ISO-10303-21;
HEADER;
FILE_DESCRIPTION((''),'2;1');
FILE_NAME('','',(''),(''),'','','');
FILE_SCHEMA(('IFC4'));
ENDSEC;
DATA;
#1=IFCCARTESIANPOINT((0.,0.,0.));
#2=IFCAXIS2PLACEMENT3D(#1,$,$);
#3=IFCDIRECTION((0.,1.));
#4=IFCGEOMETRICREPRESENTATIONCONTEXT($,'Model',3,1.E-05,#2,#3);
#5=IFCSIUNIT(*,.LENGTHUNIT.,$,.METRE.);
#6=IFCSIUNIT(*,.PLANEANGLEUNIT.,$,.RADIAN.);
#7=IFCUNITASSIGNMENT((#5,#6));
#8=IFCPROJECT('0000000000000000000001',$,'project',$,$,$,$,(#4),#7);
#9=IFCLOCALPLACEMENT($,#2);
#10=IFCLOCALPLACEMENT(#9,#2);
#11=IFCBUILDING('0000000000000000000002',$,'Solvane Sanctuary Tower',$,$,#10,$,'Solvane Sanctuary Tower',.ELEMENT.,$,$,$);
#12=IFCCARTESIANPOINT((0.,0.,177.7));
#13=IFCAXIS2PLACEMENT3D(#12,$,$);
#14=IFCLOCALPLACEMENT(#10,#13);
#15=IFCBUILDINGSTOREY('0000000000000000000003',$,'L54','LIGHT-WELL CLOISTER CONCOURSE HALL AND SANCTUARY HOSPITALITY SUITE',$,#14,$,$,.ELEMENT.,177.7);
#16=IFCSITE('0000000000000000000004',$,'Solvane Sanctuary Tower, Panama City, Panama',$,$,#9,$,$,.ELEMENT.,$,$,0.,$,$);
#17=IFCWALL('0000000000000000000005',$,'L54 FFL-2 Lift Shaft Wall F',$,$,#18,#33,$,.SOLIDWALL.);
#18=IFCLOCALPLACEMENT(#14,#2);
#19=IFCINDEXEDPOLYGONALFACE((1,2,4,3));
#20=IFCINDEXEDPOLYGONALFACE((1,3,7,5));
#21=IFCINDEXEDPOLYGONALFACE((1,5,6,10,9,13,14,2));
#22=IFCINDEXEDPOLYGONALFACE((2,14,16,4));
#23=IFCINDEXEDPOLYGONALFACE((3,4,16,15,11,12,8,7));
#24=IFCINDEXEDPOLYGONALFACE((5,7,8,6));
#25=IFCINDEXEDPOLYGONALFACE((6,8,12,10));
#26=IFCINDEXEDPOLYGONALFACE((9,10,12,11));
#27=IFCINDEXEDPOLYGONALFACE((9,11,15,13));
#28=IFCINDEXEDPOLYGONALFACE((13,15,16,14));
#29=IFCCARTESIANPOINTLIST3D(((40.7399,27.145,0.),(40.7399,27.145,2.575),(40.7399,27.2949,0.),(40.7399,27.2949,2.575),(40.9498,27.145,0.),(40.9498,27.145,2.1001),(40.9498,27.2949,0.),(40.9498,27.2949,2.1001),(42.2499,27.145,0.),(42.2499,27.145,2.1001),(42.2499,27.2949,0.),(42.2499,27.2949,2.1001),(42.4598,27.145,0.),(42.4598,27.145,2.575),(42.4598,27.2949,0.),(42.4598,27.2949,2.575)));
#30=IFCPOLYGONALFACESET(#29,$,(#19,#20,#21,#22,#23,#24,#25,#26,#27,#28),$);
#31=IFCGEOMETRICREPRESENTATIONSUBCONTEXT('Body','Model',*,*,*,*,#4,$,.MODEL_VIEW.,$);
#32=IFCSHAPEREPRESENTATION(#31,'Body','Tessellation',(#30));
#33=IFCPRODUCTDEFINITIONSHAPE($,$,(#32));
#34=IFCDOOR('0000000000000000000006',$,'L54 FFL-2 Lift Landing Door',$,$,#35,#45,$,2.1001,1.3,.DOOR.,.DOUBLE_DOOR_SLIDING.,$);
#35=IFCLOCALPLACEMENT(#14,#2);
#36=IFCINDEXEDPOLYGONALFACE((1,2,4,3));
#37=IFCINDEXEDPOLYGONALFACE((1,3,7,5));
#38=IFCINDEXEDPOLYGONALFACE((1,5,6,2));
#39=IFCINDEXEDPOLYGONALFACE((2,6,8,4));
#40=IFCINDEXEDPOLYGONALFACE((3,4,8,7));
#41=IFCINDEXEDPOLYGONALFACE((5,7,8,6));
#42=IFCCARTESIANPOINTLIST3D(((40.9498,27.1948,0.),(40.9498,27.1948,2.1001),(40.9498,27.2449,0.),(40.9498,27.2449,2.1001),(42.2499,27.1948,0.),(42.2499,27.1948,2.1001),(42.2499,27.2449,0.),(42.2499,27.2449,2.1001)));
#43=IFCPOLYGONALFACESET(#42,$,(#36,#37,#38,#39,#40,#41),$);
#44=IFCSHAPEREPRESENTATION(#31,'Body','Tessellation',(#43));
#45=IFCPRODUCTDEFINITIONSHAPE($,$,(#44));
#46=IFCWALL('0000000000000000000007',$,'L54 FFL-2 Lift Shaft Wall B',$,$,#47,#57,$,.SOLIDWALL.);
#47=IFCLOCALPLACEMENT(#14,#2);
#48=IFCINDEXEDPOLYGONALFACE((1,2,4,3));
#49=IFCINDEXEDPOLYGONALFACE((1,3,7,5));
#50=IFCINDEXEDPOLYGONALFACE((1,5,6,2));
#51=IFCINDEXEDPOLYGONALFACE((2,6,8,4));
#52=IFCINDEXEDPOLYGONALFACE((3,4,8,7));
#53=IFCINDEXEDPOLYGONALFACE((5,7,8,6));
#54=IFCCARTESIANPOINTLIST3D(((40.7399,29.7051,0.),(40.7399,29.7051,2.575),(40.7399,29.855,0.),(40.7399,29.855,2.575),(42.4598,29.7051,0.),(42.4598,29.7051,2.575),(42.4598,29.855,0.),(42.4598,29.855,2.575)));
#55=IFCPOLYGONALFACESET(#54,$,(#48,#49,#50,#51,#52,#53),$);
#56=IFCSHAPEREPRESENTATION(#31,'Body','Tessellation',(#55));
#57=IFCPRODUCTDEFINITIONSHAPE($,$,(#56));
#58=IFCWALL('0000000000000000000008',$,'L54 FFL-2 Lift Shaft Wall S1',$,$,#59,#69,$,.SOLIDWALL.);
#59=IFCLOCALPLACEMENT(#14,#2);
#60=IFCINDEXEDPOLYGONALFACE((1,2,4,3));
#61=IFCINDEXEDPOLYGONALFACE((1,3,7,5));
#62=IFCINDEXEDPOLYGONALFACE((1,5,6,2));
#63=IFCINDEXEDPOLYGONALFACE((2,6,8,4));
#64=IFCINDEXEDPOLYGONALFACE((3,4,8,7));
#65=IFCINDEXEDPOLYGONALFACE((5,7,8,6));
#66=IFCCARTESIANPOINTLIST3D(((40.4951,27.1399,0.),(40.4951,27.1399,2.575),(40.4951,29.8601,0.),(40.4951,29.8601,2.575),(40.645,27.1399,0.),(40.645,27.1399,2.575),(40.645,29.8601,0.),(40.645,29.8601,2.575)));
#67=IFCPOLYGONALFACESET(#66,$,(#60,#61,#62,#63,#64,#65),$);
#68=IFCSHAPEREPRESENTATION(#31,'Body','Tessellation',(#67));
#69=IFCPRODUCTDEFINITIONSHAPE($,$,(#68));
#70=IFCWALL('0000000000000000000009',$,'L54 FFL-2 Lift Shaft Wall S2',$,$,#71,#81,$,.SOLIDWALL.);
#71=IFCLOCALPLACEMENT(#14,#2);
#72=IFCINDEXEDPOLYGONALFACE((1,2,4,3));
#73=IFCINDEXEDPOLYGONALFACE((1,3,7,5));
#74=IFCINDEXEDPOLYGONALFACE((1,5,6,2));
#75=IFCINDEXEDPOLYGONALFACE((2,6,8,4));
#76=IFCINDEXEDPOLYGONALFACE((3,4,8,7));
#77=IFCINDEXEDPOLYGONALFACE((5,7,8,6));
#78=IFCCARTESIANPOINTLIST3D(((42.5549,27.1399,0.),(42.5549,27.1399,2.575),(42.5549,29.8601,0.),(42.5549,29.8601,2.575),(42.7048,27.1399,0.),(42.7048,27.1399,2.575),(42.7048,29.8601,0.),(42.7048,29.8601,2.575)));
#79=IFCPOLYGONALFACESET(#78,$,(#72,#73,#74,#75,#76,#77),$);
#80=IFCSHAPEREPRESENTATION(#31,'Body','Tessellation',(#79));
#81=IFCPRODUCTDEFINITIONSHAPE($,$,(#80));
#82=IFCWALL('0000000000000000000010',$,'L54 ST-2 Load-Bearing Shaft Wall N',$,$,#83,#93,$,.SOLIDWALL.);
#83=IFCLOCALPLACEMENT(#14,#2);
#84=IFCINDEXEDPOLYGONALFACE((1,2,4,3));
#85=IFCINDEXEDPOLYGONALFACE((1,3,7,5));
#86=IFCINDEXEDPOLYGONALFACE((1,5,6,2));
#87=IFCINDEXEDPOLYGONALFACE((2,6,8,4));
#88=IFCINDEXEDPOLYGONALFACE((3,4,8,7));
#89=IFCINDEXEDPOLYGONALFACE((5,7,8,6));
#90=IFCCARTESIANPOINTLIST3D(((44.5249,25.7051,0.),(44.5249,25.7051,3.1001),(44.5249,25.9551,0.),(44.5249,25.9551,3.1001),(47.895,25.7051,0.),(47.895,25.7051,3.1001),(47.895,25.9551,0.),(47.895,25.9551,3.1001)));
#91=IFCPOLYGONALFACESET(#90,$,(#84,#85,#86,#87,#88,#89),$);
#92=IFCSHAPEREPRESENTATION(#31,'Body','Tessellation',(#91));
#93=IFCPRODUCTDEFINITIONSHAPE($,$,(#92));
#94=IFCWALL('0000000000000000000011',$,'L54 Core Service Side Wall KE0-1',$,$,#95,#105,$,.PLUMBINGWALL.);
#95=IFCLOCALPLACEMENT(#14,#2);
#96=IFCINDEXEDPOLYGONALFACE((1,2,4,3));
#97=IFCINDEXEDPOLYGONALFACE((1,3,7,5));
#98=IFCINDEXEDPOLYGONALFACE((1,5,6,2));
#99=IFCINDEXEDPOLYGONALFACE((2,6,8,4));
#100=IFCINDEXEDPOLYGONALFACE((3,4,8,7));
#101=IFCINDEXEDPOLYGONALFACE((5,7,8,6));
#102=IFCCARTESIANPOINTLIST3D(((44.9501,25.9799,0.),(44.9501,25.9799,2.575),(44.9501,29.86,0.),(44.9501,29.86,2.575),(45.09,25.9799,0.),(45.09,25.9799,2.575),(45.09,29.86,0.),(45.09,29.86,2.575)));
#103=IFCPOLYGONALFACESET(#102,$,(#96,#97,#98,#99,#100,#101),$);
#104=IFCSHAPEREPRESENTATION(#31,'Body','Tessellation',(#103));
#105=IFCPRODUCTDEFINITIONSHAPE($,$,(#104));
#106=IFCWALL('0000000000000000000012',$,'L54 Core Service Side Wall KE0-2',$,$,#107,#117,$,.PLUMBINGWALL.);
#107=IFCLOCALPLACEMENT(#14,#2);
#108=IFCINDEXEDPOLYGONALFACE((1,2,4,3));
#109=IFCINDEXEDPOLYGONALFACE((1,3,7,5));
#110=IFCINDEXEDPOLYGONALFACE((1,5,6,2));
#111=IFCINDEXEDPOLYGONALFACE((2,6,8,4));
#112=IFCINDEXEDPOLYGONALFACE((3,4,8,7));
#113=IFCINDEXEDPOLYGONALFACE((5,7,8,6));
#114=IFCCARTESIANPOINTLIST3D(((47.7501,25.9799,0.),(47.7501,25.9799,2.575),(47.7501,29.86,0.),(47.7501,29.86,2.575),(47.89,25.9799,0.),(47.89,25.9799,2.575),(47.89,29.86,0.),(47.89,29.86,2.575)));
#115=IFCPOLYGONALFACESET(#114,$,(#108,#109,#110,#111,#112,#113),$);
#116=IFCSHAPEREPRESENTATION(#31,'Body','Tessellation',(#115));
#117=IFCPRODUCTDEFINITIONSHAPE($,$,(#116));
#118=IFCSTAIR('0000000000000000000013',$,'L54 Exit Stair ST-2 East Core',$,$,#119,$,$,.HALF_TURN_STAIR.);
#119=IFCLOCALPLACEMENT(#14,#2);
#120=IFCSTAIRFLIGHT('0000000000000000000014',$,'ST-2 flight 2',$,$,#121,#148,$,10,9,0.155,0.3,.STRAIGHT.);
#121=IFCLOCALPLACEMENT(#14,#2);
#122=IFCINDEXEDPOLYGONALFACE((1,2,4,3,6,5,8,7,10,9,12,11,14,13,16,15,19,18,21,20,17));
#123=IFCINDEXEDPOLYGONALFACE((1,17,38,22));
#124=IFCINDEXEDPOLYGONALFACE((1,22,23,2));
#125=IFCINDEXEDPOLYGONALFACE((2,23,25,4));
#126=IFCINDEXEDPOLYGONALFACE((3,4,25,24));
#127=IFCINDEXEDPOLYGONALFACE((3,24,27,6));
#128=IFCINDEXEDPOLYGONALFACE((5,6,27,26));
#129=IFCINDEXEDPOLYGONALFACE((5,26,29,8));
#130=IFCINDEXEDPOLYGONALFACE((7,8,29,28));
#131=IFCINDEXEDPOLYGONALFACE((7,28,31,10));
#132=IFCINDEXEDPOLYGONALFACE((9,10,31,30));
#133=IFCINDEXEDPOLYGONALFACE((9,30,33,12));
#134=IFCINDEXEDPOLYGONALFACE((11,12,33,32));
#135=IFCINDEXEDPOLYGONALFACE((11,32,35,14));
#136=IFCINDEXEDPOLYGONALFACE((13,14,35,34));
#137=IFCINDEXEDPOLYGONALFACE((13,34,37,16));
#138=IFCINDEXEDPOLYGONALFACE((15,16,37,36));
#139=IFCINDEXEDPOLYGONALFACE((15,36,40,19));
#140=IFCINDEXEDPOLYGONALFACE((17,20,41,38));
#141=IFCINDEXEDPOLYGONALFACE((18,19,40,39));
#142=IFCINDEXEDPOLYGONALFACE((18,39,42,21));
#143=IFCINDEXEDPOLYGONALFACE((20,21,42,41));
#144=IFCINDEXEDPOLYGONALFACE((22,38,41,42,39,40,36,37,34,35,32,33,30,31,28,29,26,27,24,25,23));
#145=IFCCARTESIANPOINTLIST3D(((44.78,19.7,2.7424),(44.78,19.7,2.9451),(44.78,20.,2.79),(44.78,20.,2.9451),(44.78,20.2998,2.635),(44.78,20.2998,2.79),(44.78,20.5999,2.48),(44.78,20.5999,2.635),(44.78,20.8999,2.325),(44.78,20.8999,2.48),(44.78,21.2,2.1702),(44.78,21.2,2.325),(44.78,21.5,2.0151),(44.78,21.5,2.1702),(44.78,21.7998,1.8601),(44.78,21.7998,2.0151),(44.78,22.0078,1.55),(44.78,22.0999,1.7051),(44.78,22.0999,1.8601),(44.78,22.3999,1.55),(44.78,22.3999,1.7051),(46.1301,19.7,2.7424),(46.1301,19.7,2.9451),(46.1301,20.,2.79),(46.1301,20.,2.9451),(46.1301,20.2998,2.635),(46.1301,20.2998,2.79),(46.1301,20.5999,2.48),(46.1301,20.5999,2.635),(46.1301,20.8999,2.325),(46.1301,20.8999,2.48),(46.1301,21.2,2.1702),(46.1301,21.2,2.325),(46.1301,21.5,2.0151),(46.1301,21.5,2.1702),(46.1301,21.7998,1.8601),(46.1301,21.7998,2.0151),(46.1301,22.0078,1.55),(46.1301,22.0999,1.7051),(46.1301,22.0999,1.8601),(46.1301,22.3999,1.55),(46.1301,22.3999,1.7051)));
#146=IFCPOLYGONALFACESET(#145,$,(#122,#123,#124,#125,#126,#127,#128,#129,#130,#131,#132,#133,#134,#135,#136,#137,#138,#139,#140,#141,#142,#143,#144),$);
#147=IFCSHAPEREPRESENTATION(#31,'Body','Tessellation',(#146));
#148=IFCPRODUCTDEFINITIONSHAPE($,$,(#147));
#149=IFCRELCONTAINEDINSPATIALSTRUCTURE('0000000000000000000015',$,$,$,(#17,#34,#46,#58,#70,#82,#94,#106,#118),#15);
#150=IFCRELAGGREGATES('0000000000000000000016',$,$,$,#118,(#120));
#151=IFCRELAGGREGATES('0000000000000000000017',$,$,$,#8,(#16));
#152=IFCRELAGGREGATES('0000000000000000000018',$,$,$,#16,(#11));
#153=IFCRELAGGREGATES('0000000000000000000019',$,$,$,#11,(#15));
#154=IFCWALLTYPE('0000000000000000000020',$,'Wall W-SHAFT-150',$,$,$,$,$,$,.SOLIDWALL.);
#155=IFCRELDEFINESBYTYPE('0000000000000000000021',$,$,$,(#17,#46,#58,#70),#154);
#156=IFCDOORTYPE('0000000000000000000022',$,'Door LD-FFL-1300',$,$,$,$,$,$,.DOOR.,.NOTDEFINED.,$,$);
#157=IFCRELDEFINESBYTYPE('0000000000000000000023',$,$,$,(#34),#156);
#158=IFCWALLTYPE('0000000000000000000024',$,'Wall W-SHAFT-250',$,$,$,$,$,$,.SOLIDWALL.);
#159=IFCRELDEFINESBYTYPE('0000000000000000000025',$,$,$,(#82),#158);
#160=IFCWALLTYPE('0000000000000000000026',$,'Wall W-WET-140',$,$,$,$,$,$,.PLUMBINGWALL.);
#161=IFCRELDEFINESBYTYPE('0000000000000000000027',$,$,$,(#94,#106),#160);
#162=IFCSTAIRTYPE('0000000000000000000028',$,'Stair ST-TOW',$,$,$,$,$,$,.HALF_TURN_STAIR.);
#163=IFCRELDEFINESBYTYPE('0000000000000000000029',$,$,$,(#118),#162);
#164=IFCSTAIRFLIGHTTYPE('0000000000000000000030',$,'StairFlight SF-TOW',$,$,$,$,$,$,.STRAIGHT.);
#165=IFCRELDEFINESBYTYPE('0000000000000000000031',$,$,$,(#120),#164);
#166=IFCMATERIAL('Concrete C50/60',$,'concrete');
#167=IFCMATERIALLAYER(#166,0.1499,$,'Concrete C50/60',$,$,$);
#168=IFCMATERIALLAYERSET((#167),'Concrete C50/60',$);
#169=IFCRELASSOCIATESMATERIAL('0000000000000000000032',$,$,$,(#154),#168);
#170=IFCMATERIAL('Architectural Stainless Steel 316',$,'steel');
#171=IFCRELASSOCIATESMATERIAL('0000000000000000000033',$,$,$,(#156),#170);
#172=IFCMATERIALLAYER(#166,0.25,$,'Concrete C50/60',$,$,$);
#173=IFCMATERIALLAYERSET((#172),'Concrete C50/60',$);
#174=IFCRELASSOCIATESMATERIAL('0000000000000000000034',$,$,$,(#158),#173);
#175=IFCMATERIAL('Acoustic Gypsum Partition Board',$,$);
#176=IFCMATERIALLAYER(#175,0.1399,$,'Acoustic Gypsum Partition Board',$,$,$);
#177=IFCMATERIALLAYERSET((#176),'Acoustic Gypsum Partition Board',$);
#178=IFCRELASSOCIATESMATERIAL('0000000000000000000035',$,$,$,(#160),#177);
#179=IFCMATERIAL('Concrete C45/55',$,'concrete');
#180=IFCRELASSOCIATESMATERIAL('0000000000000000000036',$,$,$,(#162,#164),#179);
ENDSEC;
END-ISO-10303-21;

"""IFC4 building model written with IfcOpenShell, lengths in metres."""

from ifc_helpers import new_model, si_unit, direction, frame, frame_2d, origin, place, context, subcontext, project, spatial, polyline, rectangle, outline, extrude, material, layer, layer_set, type_object, element, fill, aggregate, save


model = new_model("IFC4")

# Units and contexts
model_context = context("Model", 3, precision=1e-05, world=origin(), true_north=direction((0.0, 1.0)))
body_context = subcontext(model_context, "Body", "Model", "MODEL_VIEW")
ifc_project = project(units=[si_unit("LENGTHUNIT", "METRE"), si_unit("PLANEANGLEUNIT", "RADIAN")], contexts=[model_context])

# Site, building, storey
site_placement = place(None, origin())
site = spatial("IfcSite", under=ifc_project, at=site_placement, Name="Solvane Sanctuary Tower, Panama City, Panama", CompositionType="ELEMENT", RefElevation=0.0)
building_placement = place(site_placement, origin())
building = spatial("IfcBuilding", under=site, at=building_placement, Name="Solvane Sanctuary Tower", LongName="Solvane Sanctuary Tower", CompositionType="ELEMENT")
storey_placement = place(building_placement, frame((0.0, 0.0, 177.7)))
storey = spatial("IfcBuildingStorey", under=building, at=storey_placement, Name="L54", Description="LIGHT-WELL CLOISTER CONCOURSE HALL AND SANCTUARY HOSPITALITY SUITE", CompositionType="ELEMENT", Elevation=177.7)

# Shared definitions
ifc_material_1 = material(Name="Acoustic Gypsum Partition Board")

# Shared definitions
ifc_material_2 = material(Name="Architectural Stainless Steel 316", Category="steel")

# Shared definitions
ifc_material_3 = material(Name="Concrete C50/60", Category="concrete")
ifc_layer_1 = layer(ifc_material_3, 0.1499, Name="Concrete C50/60")
ifc_layer_set_1 = layer_set([ifc_layer_1], Name="Concrete C50/60")
wall_type_1 = type_object("IfcWallType", Name="Wall W-SHAFT-150", PredefinedType="SOLIDWALL", material=ifc_layer_set_1)

# Wall, opening, door
wall_1_placement = place(storey_placement, frame((40.74, 27.22, 0.0), z_axis=(0.0, 0.0, 1.0), x_axis=(1.0, 0.0, 0.0)))
wall_1 = element("IfcWall", 1, at=wall_1_placement, inside=storey, type_object=wall_type_1, Name="L54 FFL-2 Lift Shaft Wall F", PredefinedType="SOLIDWALL", context=body_context, shape_type="SweptSolid", body=[
    extrude(rectangle(XDim=1.72, YDim=0.1499, at=frame_2d((0.8599, 0.0))), origin(), (0.0, 0.0, 1.0), 2.575),
])
opening_1_placement = place(wall_1_placement, frame((0.21, 0.0, 0.0)))
opening_1 = element("IfcOpeningElement", 2, at=opening_1_placement, cuts=wall_1, PredefinedType="OPENING", context=body_context, shape_type="SweptSolid", body=[
    extrude(rectangle(XDim=1.3, YDim=2.1001, at=frame_2d((0.6499, 1.05))), frame((0.0, 0.085, 0.0), z_axis=(0.0, -1.0, 0.0), x_axis=(1.0, 0.0, 0.0)), (0.0, 0.0, 1.0), 0.1699),
])
door_type_1 = type_object("IfcDoorType", Name="Door LD-FFL-1300", OperationType="NOTDEFINED", PredefinedType="DOOR", material=ifc_material_2)
door_1_placement = place(opening_1_placement, origin())
door_1 = element("IfcDoor", 3, at=door_1_placement, inside=storey, type_object=door_type_1, Name="L54 FFL-2 Lift Landing Door", OperationType="DOUBLE_DOOR_SLIDING", OverallHeight=2.1001, OverallWidth=1.3, PredefinedType="DOOR", context=body_context, shape_type="SweptSolid", body=[
    extrude(rectangle(XDim=1.3, YDim=2.1001, at=frame_2d((0.6499, 1.05))), frame((0.0, 0.0249, 0.0), z_axis=(0.0, -1.0, 0.0), x_axis=(1.0, 0.0, 0.0)), (0.0, 0.0, 1.0), 0.05),
])
fill(opening_1, door_1)

# Walls
wall_2_placement = place(storey_placement, frame((40.74, 29.78, 0.0), z_axis=(0.0, 0.0, 1.0), x_axis=(1.0, 0.0, 0.0)))
element("IfcWall", 4, at=wall_2_placement, inside=storey, type_object=wall_type_1, Name="L54 FFL-2 Lift Shaft Wall B", PredefinedType="SOLIDWALL", context=body_context, shape_type="SweptSolid", body=[
    extrude(rectangle(XDim=1.72, YDim=0.1499, at=frame_2d((0.8599, 0.0))), origin(), (0.0, 0.0, 1.0), 2.575),
])
for number, where, z_axis, x_axis, name in (
    (5, (40.5701, 27.1399, 0.0), (0.0, 0.0, 1.0), (0.0, 1.0, 0.0), "L54 FFL-2 Lift Shaft Wall S1"),
    (6, (42.6299, 27.1399, 0.0), (0.0, 0.0, 1.0), (0.0, 1.0, 0.0), "L54 FFL-2 Lift Shaft Wall S2"),
):
    element("IfcWall", number, at=place(storey_placement, frame(where, z_axis=z_axis, x_axis=x_axis)), inside=storey, type_object=wall_type_1, Name=name, PredefinedType="SOLIDWALL", context=body_context, shape_type="SweptSolid", body=[
        extrude(rectangle(XDim=2.7202, YDim=0.1499, at=frame_2d((1.3601, 0.0))), origin(), (0.0, 0.0, 1.0), 2.575),
    ])
ifc_layer_2 = layer(ifc_material_3, 0.25, Name="Concrete C50/60")
ifc_layer_set_2 = layer_set([ifc_layer_2], Name="Concrete C50/60")
wall_type_2 = type_object("IfcWallType", Name="Wall W-SHAFT-250", PredefinedType="SOLIDWALL", material=ifc_layer_set_2)
wall_3_placement = place(storey_placement, frame((44.5249, 25.8301, 0.0), z_axis=(0.0, 0.0, 1.0), x_axis=(1.0, 0.0, 0.0)))
element("IfcWall", 7, at=wall_3_placement, inside=storey, type_object=wall_type_2, Name="L54 ST-2 Load-Bearing Shaft Wall N", PredefinedType="SOLIDWALL", context=body_context, shape_type="SweptSolid", body=[
    extrude(rectangle(XDim=3.3701, YDim=0.25, at=frame_2d((1.6851, 0.0))), origin(), (0.0, 0.0, 1.0), 3.1001),
])
ifc_layer_3 = layer(ifc_material_1, 0.1399, Name="Acoustic Gypsum Partition Board")
ifc_layer_set_3 = layer_set([ifc_layer_3], Name="Acoustic Gypsum Partition Board")
wall_type_3 = type_object("IfcWallType", Name="Wall W-WET-140", PredefinedType="PLUMBINGWALL", material=ifc_layer_set_3)
for number, where, z_axis, x_axis, name in (
    (8, (45.02, 25.98, 0.0), (0.0, 0.0, 1.0), (0.0, 1.0, 0.0), "L54 Core Service Side Wall KE0-1"),
    (9, (47.8201, 25.98, 0.0), (0.0, 0.0, 1.0), (0.0, 1.0, 0.0), "L54 Core Service Side Wall KE0-2"),
):
    element("IfcWall", number, at=place(storey_placement, frame(where, z_axis=z_axis, x_axis=x_axis)), inside=storey, type_object=wall_type_3, Name=name, PredefinedType="PLUMBINGWALL", context=body_context, shape_type="SweptSolid", body=[
        extrude(rectangle(XDim=3.8801, YDim=0.1399, at=frame_2d((1.9399, 0.0))), origin(), (0.0, 0.0, 1.0), 2.575),
    ])

# Stair, stair flight
ifc_material_4 = material(Name="Concrete C45/55", Category="concrete")
stair_type = type_object("IfcStairType", Name="Stair ST-TOW", PredefinedType="HALF_TURN_STAIR", material=ifc_material_4)
stair_placement = place(storey_placement, origin())
stair = element("IfcStair", 10, at=stair_placement, inside=storey, type_object=stair_type, Name="L54 Exit Stair ST-2 East Core", PredefinedType="HALF_TURN_STAIR")
stair_flight_type = type_object("IfcStairFlightType", Name="StairFlight SF-TOW", PredefinedType="STRAIGHT", material=ifc_material_4)
stair_flight_placement = place(storey_placement, frame((45.4551, 22.3999, 1.55), z_axis=(0.0, 0.0, 1.0), x_axis=(0.0, -1.0, 0.0)))
stair_flight = element("IfcStairFlight", 11, at=stair_flight_placement, type_object=stair_flight_type, Name="ST-2 flight 2", NumberOfRisers=10, NumberOfTreads=9, PredefinedType="STRAIGHT", RiserHeight=0.155, TreadLength=0.3, context=body_context, shape_type="SweptSolid", body=[
    extrude(outline(polyline([(0.0, 0.0), (0.0, 0.155), (0.3, 0.155), (0.3, 0.3101), (0.6001, 0.3101), (0.6001, 0.4651), (0.8999, 0.4651), (0.8999, 0.6201), (1.2, 0.6201), (1.2, 0.7749), (1.5, 0.7749), (1.5, 0.9299), (1.8, 0.9299), (1.8, 1.085), (2.1001, 1.085), (2.1001, 1.24), (2.3999, 1.24), (2.3999, 1.395), (2.7, 1.395), (2.7, 1.55), (2.7, 1.1924), (0.3921, 0.0), (0.0, 0.0)])), frame((0.0, 0.675, 0.0), z_axis=(0.0, -1.0, 0.0), x_axis=(1.0, 0.0, 0.0)), (0.0, 0.0, 1.0), 1.3501),
])
aggregate(stair, [stair_flight])

save(model, "model.ifc")
